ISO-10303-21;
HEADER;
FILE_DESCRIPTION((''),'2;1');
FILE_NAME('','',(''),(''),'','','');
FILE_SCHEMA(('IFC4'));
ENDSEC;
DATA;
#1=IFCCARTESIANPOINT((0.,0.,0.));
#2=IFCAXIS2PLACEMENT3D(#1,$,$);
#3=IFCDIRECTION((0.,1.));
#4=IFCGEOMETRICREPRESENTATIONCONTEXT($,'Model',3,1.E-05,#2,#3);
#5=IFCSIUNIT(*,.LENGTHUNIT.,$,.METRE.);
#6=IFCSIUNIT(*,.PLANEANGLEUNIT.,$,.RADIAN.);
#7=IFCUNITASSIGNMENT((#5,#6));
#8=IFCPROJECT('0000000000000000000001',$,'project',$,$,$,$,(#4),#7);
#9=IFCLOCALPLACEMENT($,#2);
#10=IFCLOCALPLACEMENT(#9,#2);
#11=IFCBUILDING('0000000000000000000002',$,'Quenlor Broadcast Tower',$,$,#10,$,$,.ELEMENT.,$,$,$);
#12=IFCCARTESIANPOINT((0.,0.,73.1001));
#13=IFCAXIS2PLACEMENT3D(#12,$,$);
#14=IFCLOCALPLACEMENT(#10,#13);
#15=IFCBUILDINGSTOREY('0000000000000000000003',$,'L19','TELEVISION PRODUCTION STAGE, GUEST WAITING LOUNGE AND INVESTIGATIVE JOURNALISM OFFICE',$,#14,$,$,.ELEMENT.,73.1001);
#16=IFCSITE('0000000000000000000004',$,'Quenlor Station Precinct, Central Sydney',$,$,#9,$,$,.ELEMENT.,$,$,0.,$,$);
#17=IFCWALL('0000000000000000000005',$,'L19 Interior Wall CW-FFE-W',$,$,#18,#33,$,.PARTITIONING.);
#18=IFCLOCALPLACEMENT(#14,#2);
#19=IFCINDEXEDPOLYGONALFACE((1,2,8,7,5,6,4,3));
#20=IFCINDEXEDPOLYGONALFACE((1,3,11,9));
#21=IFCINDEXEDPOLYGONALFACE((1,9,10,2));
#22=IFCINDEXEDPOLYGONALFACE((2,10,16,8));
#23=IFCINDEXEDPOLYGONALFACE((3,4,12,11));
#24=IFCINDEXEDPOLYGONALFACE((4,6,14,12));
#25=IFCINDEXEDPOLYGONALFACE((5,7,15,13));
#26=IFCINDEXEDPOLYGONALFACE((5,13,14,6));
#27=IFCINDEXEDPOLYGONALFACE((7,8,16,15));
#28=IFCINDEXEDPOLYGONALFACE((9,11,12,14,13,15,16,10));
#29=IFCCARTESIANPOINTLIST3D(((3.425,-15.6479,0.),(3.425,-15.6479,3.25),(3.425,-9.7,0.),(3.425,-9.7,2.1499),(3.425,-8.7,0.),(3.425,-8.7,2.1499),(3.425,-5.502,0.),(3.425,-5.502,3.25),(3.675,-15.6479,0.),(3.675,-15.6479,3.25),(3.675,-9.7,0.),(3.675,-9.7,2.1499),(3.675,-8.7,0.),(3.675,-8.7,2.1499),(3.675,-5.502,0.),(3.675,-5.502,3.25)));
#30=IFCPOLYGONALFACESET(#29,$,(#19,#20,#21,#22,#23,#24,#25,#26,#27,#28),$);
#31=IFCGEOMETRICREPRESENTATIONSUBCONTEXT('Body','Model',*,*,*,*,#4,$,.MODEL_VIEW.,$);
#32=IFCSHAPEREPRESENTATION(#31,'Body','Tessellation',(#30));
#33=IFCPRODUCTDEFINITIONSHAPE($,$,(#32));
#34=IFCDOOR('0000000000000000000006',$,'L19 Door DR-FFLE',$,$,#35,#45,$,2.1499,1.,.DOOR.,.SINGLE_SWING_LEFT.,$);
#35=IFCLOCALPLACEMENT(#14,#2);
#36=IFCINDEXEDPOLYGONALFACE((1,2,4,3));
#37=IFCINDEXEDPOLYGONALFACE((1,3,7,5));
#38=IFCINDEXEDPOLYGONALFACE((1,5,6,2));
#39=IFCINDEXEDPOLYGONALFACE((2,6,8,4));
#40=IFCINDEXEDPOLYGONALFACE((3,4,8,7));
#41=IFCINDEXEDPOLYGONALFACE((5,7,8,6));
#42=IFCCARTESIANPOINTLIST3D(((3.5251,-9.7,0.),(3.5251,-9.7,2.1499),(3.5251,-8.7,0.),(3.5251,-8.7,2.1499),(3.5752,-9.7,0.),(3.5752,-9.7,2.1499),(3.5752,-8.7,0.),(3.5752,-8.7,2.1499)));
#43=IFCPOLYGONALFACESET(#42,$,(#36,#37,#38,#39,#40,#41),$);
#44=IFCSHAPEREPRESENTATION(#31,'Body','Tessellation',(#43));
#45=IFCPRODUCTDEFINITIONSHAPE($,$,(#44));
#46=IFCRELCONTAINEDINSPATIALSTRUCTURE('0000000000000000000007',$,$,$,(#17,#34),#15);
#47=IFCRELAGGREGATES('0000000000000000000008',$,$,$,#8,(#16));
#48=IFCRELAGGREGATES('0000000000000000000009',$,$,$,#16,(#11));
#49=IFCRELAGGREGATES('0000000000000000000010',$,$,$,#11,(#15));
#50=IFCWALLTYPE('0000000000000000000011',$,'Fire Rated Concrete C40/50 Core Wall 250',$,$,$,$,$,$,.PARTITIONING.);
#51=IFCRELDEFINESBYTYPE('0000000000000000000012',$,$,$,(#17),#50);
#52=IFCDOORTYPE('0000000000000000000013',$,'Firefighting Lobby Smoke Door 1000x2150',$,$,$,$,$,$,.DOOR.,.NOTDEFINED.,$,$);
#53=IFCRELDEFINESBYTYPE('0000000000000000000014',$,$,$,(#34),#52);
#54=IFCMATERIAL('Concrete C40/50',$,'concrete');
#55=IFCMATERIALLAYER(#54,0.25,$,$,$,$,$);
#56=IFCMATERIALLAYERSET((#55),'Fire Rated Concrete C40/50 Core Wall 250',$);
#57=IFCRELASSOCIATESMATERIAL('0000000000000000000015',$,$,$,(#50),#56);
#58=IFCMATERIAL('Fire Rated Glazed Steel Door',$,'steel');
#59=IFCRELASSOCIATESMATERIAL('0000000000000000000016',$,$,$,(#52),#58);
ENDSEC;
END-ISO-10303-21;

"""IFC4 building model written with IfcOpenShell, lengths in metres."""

from ifc_helpers import new_model, si_unit, direction, frame, frame_2d, origin, place, context, subcontext, project, spatial, rectangle, extrude, material, layer, layer_set, type_object, element, fill, save


model = new_model("IFC4")

# Units and contexts
model_context = context("Model", 3, precision=1e-05, world=origin(), true_north=direction((0.0, 1.0)))
body_context = subcontext(model_context, "Body", "Model", "MODEL_VIEW")
ifc_project = project(units=[si_unit("LENGTHUNIT", "METRE"), si_unit("PLANEANGLEUNIT", "RADIAN")], contexts=[model_context])

# Site, building, storey
site_placement = place(None, origin())
site = spatial("IfcSite", under=ifc_project, at=site_placement, Name="Quenlor Station Precinct, Central Sydney", CompositionType="ELEMENT", RefElevation=0.0)
building_placement = place(site_placement, origin())
building = spatial("IfcBuilding", under=site, at=building_placement, Name="Quenlor Broadcast Tower", CompositionType="ELEMENT")
storey_placement = place(building_placement, frame((0.0, 0.0, 73.1001)))
storey = spatial("IfcBuildingStorey", under=building, at=storey_placement, Name="L19", Description="TELEVISION PRODUCTION STAGE, GUEST WAITING LOUNGE AND INVESTIGATIVE JOURNALISM OFFICE", CompositionType="ELEMENT", Elevation=73.1001)

# Shared definitions
ifc_material_1 = material(Name="Concrete C40/50", Category="concrete")
ifc_layer_1 = layer(ifc_material_1, 0.25)
ifc_layer_set_1 = layer_set([ifc_layer_1], Name="Fire Rated Concrete C40/50 Core Wall 250")
wall_type_1 = type_object("IfcWallType", Name="Fire Rated Concrete C40/50 Core Wall 250", PredefinedType="PARTITIONING", material=ifc_layer_set_1)

# Wall, opening, door
wall_1_placement = place(storey_placement, frame((3.55, -15.6479, 0.0), z_axis=(0.0, 0.0, 1.0), x_axis=(0.0, 1.0, 0.0)))
wall_1 = element("IfcWall", 1, at=wall_1_placement, inside=storey, type_object=wall_type_1, Name="L19 Interior Wall CW-FFE-W", PredefinedType="PARTITIONING", context=body_context, shape_type="SweptSolid", body=[
    extrude(rectangle(XDim=10.146, YDim=0.25, at=frame_2d((5.073, 0.0))), origin(), (0.0, 0.0, 1.0), 3.25),
])
opening_1_placement = place(wall_1_placement, frame((5.948, 0.0, 0.0)))
opening_1 = element("IfcOpeningElement", 2, at=opening_1_placement, cuts=wall_1, PredefinedType="OPENING", context=body_context, shape_type="SweptSolid", body=[
    extrude(rectangle(XDim=1.0, YDim=2.1499, at=frame_2d((0.5, 1.075))), frame((0.0, 0.135, 0.0), z_axis=(0.0, -1.0, 0.0), x_axis=(1.0, 0.0, 0.0)), (0.0, 0.0, 1.0), 0.27),
])
ifc_material_2 = material(Name="Fire Rated Glazed Steel Door", Category="steel")
door_type_1 = type_object("IfcDoorType", Name="Firefighting Lobby Smoke Door 1000x2150", OperationType="NOTDEFINED", PredefinedType="DOOR", material=ifc_material_2)
door_1_placement = place(opening_1_placement, origin())
door_1 = element("IfcDoor", 3, at=door_1_placement, inside=storey, type_object=door_type_1, Name="L19 Door DR-FFLE", OperationType="SINGLE_SWING_LEFT", OverallHeight=2.1499, OverallWidth=1.0, PredefinedType="DOOR", context=body_context, shape_type="SweptSolid", body=[
    extrude(rectangle(XDim=1.0, YDim=2.1499, at=frame_2d((0.5, 1.075))), frame((0.0, 0.0249, 0.0), z_axis=(0.0, -1.0, 0.0), x_axis=(1.0, 0.0, 0.0)), (0.0, 0.0, 1.0), 0.05),
])
fill(opening_1, door_1)

save(model, "model.ifc")
